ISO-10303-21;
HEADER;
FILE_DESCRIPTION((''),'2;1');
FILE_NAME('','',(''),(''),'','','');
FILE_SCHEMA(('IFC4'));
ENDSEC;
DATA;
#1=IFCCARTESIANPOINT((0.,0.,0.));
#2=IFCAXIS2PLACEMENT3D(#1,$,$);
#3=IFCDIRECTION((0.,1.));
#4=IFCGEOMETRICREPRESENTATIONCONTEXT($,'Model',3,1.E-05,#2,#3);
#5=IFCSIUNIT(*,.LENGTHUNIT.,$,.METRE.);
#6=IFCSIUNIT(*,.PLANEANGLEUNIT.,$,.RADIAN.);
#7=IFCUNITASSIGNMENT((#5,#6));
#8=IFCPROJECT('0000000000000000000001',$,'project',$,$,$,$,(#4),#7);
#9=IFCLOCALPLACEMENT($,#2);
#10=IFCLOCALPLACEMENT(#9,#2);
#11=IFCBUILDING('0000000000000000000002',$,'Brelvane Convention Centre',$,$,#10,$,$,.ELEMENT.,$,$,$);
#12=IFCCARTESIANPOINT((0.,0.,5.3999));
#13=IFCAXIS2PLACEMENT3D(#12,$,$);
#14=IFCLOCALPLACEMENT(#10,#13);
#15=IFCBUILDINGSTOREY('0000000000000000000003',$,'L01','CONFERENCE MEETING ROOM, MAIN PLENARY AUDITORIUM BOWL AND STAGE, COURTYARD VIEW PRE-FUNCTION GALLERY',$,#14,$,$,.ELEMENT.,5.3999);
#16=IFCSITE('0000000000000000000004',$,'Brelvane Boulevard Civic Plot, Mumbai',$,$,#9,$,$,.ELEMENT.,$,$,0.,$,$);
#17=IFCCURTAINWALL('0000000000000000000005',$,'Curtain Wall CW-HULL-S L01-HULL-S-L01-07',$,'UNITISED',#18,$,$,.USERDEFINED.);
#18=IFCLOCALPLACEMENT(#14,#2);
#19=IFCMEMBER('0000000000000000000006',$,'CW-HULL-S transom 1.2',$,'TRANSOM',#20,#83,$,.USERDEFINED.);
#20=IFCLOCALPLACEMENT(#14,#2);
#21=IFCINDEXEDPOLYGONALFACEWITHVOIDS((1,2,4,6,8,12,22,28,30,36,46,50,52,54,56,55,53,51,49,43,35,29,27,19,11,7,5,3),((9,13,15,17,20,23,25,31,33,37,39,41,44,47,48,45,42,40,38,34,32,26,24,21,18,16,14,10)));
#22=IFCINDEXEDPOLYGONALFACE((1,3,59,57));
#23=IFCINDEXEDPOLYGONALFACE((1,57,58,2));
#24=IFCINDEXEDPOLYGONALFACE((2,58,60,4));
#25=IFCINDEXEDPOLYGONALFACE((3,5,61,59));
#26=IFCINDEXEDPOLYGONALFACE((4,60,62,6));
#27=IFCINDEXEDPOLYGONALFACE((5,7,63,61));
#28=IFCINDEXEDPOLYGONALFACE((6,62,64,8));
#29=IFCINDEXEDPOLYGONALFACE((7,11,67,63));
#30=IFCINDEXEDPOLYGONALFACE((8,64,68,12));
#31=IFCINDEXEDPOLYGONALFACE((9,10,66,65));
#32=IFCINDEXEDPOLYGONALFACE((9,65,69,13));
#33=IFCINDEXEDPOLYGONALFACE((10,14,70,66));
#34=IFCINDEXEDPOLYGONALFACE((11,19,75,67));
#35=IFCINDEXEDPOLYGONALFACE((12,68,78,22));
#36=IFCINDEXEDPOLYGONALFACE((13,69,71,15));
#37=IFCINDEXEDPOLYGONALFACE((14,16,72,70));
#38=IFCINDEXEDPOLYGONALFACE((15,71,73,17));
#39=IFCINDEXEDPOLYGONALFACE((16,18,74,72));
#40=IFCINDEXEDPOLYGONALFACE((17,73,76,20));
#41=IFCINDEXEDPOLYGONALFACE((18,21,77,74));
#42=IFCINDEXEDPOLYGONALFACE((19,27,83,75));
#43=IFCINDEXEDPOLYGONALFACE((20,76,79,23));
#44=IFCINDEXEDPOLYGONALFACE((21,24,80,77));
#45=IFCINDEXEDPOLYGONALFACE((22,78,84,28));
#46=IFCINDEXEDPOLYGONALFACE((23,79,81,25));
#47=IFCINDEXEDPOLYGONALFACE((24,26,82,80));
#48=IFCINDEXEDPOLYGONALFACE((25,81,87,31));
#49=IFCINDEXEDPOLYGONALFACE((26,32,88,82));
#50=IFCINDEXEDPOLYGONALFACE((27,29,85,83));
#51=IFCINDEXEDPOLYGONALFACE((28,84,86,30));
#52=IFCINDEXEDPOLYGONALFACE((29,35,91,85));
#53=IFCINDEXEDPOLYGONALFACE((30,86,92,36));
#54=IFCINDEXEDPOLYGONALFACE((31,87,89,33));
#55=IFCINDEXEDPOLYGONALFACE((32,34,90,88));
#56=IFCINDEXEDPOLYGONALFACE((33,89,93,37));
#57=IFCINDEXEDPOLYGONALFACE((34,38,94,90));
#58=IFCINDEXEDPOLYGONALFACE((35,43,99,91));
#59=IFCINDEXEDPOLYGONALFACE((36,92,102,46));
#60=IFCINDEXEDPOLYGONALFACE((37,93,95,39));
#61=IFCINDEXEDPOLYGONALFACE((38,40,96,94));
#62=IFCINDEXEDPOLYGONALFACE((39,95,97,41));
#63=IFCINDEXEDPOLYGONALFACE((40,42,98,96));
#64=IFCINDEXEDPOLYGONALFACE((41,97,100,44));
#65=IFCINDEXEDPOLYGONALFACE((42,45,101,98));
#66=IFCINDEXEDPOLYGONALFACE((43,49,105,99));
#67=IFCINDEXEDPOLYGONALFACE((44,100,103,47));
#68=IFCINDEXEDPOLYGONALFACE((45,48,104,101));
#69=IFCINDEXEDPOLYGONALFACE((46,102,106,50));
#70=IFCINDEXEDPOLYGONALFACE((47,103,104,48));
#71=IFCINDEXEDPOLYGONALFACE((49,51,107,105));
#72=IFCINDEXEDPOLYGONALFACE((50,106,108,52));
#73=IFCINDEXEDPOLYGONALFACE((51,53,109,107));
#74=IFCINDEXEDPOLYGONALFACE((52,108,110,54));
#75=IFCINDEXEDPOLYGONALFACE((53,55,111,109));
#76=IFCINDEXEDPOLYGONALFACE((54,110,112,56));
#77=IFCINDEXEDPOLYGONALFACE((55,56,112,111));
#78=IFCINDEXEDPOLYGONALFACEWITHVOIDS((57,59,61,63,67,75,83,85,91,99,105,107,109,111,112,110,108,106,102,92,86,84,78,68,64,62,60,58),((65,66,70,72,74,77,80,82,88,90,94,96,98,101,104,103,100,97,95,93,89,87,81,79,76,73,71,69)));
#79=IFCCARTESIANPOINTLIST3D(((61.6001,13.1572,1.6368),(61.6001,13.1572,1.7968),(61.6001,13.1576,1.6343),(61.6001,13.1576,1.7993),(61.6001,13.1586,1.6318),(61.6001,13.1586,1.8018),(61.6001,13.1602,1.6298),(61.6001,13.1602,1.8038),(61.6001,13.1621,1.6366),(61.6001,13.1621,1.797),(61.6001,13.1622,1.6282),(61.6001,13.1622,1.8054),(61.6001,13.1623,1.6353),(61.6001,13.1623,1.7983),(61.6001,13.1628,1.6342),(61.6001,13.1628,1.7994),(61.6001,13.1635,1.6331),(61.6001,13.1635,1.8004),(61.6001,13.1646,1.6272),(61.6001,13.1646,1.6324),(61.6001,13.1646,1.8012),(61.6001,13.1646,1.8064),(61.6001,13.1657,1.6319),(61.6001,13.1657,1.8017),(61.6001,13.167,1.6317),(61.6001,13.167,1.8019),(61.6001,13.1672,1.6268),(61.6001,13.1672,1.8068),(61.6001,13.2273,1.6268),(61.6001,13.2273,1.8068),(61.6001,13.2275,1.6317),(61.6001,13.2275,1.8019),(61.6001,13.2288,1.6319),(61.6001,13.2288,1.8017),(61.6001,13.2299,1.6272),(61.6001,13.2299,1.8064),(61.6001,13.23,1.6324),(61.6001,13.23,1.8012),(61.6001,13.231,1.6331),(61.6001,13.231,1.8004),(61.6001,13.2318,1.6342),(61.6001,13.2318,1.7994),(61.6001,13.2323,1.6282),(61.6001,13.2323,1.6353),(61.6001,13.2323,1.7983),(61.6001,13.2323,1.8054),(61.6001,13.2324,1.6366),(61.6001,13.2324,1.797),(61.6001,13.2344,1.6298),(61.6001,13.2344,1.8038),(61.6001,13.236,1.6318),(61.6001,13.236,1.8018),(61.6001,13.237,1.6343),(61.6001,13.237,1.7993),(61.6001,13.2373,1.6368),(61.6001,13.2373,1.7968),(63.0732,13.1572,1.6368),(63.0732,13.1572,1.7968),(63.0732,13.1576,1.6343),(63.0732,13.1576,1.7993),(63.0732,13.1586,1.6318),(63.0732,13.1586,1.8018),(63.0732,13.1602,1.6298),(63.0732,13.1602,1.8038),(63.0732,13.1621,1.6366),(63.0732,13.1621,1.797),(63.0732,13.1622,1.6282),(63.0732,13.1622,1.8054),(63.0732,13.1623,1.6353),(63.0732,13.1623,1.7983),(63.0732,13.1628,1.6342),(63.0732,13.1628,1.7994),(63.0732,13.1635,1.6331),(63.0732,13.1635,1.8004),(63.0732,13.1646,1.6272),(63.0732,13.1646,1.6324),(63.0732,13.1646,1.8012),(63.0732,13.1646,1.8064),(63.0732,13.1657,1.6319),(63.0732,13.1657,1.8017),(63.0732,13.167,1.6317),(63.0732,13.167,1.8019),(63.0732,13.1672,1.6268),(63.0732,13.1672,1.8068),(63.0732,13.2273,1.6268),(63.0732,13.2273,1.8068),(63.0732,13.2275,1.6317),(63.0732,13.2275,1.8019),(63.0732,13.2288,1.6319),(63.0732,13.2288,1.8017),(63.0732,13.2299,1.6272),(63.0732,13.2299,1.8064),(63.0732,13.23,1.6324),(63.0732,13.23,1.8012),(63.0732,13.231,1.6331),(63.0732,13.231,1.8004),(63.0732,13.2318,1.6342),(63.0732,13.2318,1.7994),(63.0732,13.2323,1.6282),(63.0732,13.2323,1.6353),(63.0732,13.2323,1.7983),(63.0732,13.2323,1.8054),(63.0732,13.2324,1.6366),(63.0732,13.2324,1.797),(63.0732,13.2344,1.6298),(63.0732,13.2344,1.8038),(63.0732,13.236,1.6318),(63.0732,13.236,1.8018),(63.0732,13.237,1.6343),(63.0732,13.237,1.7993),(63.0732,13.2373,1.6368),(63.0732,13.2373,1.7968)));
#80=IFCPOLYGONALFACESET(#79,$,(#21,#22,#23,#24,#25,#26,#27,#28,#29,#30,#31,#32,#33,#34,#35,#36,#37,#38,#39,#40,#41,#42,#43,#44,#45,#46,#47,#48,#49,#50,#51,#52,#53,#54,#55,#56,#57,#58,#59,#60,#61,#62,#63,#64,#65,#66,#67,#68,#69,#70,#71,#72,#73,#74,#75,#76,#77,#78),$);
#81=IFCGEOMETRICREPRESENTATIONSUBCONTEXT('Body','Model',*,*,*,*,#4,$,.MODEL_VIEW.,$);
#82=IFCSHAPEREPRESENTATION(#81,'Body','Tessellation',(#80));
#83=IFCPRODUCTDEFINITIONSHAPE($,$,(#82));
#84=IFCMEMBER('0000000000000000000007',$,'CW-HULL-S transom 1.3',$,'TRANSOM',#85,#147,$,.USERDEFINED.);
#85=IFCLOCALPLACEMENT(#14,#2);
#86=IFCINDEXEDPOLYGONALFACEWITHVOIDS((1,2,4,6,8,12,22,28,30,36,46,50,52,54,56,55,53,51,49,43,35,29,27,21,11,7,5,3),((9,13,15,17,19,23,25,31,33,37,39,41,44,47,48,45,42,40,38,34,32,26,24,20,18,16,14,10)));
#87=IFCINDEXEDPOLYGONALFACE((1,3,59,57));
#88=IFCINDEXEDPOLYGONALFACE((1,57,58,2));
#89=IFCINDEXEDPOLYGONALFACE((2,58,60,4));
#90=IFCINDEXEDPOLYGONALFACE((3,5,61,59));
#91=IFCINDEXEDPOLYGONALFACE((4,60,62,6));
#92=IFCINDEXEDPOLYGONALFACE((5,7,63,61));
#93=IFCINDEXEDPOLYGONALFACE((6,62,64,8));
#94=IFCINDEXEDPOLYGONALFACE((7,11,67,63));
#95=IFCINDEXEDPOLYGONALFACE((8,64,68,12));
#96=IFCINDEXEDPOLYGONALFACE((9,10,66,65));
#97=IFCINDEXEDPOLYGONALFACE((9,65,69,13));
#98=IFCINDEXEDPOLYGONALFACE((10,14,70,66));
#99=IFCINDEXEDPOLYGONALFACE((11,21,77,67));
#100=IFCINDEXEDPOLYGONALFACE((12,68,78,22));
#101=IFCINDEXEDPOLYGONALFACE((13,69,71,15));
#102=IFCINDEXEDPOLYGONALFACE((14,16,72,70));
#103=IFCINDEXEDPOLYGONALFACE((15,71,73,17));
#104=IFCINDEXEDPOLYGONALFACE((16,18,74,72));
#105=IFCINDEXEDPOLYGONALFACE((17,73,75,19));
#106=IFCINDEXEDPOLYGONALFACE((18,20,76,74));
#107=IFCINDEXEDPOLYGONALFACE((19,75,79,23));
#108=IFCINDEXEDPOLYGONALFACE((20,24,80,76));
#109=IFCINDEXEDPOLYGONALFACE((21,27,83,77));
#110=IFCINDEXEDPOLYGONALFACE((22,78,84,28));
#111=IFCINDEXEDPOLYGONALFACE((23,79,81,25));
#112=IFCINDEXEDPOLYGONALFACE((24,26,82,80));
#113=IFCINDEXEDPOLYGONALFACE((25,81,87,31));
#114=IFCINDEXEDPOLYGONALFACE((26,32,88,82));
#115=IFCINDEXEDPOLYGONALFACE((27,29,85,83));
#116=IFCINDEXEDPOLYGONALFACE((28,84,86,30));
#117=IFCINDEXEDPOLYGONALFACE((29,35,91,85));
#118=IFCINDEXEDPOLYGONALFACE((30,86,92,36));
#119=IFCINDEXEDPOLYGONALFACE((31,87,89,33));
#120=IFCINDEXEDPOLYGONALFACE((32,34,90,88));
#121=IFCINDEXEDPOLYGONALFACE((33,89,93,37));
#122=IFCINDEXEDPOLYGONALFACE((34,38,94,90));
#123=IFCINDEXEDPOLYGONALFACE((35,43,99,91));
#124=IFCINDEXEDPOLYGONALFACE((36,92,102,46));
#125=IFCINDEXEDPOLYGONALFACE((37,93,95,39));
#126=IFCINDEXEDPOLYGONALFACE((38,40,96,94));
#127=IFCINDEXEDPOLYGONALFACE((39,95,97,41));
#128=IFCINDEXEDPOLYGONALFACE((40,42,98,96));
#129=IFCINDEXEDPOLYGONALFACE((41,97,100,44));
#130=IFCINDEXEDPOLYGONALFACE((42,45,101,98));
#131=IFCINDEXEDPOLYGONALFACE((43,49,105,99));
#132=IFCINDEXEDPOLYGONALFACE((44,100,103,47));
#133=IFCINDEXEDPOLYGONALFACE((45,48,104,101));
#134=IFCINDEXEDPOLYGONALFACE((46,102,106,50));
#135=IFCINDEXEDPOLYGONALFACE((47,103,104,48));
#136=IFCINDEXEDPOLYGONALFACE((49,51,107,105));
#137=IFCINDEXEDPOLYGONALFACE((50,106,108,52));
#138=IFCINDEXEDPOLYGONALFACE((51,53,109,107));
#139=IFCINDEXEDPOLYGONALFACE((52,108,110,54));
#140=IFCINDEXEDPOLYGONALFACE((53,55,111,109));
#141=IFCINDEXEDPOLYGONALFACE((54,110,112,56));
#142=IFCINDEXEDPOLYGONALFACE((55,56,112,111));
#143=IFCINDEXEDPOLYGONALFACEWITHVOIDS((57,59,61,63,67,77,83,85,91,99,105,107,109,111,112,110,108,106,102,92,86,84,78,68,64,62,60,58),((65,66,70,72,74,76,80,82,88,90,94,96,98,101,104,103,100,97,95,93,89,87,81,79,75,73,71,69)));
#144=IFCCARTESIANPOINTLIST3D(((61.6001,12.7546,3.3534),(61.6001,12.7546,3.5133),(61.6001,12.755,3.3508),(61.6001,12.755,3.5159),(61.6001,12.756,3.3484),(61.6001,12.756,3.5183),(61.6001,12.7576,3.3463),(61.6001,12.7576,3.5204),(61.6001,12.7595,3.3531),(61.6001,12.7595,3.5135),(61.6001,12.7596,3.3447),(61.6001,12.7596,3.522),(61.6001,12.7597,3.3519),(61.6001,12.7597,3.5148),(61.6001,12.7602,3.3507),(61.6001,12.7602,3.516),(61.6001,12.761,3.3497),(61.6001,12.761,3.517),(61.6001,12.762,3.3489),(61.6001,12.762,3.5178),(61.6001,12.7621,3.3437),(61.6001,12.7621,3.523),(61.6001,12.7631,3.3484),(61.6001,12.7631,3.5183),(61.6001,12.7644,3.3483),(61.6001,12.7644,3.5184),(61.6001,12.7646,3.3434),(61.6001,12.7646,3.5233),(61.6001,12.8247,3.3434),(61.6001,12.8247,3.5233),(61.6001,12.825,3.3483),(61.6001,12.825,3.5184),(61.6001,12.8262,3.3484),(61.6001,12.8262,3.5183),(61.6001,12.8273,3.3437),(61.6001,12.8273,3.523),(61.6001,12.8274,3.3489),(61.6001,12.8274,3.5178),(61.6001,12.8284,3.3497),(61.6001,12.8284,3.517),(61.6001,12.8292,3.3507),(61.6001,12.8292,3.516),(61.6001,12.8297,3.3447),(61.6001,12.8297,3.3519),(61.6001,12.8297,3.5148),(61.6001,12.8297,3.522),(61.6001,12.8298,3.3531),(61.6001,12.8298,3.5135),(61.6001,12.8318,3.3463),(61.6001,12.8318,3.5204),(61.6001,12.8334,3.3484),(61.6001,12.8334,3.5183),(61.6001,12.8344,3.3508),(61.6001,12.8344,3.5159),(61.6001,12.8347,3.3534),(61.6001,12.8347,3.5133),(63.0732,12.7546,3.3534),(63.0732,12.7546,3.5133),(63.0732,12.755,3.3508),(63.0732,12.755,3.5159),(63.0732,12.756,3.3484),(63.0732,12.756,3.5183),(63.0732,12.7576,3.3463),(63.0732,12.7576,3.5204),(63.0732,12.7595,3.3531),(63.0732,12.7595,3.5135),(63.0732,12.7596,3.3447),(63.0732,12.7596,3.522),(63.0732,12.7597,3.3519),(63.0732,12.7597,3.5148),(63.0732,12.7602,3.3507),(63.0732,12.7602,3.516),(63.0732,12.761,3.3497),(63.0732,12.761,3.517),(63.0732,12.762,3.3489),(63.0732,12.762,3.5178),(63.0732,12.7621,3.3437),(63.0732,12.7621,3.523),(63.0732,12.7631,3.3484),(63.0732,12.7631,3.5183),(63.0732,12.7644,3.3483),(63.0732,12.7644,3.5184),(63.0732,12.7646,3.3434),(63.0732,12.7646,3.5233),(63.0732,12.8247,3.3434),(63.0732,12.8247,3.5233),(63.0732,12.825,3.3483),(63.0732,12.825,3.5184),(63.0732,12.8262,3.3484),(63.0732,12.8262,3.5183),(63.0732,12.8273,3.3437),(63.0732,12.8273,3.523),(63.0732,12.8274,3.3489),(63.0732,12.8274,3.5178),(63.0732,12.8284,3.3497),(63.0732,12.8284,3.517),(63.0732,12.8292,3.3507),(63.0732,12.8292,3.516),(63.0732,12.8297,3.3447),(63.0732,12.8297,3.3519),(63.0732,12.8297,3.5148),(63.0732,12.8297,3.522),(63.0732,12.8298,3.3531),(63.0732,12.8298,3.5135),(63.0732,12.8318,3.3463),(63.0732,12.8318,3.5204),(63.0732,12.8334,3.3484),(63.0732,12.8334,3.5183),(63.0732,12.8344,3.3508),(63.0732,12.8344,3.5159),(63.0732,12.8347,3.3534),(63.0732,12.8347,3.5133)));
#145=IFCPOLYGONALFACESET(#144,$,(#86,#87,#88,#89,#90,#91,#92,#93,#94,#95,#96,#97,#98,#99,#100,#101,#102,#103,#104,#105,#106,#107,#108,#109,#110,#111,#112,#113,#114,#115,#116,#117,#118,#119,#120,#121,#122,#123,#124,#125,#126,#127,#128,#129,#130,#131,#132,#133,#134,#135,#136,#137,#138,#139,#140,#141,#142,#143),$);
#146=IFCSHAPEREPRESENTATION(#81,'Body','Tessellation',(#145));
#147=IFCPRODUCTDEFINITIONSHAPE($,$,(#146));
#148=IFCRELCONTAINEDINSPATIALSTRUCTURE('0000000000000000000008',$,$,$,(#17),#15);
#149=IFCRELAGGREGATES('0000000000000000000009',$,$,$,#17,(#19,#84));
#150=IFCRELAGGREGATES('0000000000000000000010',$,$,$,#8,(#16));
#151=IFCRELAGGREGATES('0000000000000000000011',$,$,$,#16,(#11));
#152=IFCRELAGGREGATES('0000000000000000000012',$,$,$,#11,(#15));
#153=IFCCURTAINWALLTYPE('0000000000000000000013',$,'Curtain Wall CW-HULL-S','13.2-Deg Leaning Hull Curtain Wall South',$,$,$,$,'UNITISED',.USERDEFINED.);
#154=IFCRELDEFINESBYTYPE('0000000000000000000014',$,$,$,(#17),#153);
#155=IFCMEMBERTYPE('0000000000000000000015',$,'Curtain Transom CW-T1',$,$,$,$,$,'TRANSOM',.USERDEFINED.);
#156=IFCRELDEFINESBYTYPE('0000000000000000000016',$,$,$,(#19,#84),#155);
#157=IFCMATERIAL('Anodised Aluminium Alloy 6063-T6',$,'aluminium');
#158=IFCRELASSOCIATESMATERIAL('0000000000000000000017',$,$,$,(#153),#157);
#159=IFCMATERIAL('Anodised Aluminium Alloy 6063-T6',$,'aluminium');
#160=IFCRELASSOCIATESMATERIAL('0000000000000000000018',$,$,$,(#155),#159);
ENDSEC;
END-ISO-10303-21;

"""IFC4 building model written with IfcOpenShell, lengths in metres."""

from ifc_helpers import new_model, si_unit, direction, frame, origin, origin_2d, place, context, subcontext, project, spatial, hollow_rectangle, extrude, material, material_profile, profile_set, type_object, element, aggregate, save


model = new_model("IFC4")

# Units and contexts
model_context = context("Model", 3, precision=1e-05, world=origin(), true_north=direction((0.0, 1.0)))
body_context = subcontext(model_context, "Body", "Model", "MODEL_VIEW")
ifc_project = project(units=[si_unit("LENGTHUNIT", "METRE"), si_unit("PLANEANGLEUNIT", "RADIAN")], contexts=[model_context])

# Site, building, storey
site_placement = place(None, origin())
site = spatial("IfcSite", under=ifc_project, at=site_placement, Name="Brelvane Boulevard Civic Plot, Mumbai", CompositionType="ELEMENT", RefElevation=0.0)
building_placement = place(site_placement, origin())
building = spatial("IfcBuilding", under=site, at=building_placement, Name="Brelvane Convention Centre", CompositionType="ELEMENT")
storey_placement = place(building_placement, frame((0.0, 0.0, 5.3999)))
storey = spatial("IfcBuildingStorey", under=building, at=storey_placement, Name="L01", Description="CONFERENCE MEETING ROOM, MAIN PLENARY AUDITORIUM BOWL AND STAGE, COURTYARD VIEW PRE-FUNCTION GALLERY", CompositionType="ELEMENT", Elevation=5.3999)

# Curtain wall, members
ifc_material_1 = material(Name="Anodised Aluminium Alloy 6063-T6", Category="aluminium")
curtain_wall_type = type_object("IfcCurtainWallType", Name="Curtain Wall CW-HULL-S", Description="13.2-Deg Leaning Hull Curtain Wall South", ElementType="UNITISED", PredefinedType="USERDEFINED", material=ifc_material_1)
ifc_material_2 = material(Name="Anodised Aluminium Alloy 6063-T6", Category="aluminium")
ifc_material_profile = material_profile(ifc_material_2, hollow_rectangle(XDim=0.0801, YDim=0.1799, WallThickness=0.0049, InnerFilletRadius=0.0049, OuterFilletRadius=0.01, at=origin_2d()), Name="ALU-T 180x80x5.0")
ifc_profile_set = profile_set([ifc_material_profile], Name="Anodised Aluminium Alloy 6063-T6")
member_type = type_object("IfcMemberType", Name="Curtain Transom CW-T1", ElementType="TRANSOM", PredefinedType="USERDEFINED", material=ifc_profile_set)
curtain_wall_1_placement = place(storey_placement, origin())
curtain_wall_1 = element("IfcCurtainWall", 1, at=curtain_wall_1_placement, inside=storey, type_object=curtain_wall_type, Name="Curtain Wall CW-HULL-S L01-HULL-S-L01-07", ObjectType="UNITISED", PredefinedType="USERDEFINED")
member_1_placement = place(storey_placement, frame((61.6001, 13.1973, 1.7168), z_axis=(1.0, 0.0, 0.0), x_axis=(0.0, 1.0, 0.0)))
member_1 = element("IfcMember", 2, at=member_1_placement, type_object=member_type, Name="CW-HULL-S transom 1.2", ObjectType="TRANSOM", PredefinedType="USERDEFINED", context=body_context, shape_type="SweptSolid", body=[
    extrude(hollow_rectangle(XDim=0.0801, YDim=0.1799, WallThickness=0.0049, InnerFilletRadius=0.0049, OuterFilletRadius=0.01, at=origin_2d()), origin(), (0.0, 0.0, 1.0), 1.4731),
])
member_2_placement = place(storey_placement, frame((61.6001, 12.7947, 3.4333), z_axis=(1.0, 0.0, 0.0), x_axis=(0.0, 1.0, 0.0)))
member_2 = element("IfcMember", 3, at=member_2_placement, type_object=member_type, Name="CW-HULL-S transom 1.3", ObjectType="TRANSOM", PredefinedType="USERDEFINED", context=body_context, shape_type="SweptSolid", body=[
    extrude(hollow_rectangle(XDim=0.0801, YDim=0.1799, WallThickness=0.0049, InnerFilletRadius=0.0049, OuterFilletRadius=0.01, at=origin_2d()), origin(), (0.0, 0.0, 1.0), 1.4731),
])

aggregate(curtain_wall_1, [member_1, member_2])

save(model, "model.ifc")
